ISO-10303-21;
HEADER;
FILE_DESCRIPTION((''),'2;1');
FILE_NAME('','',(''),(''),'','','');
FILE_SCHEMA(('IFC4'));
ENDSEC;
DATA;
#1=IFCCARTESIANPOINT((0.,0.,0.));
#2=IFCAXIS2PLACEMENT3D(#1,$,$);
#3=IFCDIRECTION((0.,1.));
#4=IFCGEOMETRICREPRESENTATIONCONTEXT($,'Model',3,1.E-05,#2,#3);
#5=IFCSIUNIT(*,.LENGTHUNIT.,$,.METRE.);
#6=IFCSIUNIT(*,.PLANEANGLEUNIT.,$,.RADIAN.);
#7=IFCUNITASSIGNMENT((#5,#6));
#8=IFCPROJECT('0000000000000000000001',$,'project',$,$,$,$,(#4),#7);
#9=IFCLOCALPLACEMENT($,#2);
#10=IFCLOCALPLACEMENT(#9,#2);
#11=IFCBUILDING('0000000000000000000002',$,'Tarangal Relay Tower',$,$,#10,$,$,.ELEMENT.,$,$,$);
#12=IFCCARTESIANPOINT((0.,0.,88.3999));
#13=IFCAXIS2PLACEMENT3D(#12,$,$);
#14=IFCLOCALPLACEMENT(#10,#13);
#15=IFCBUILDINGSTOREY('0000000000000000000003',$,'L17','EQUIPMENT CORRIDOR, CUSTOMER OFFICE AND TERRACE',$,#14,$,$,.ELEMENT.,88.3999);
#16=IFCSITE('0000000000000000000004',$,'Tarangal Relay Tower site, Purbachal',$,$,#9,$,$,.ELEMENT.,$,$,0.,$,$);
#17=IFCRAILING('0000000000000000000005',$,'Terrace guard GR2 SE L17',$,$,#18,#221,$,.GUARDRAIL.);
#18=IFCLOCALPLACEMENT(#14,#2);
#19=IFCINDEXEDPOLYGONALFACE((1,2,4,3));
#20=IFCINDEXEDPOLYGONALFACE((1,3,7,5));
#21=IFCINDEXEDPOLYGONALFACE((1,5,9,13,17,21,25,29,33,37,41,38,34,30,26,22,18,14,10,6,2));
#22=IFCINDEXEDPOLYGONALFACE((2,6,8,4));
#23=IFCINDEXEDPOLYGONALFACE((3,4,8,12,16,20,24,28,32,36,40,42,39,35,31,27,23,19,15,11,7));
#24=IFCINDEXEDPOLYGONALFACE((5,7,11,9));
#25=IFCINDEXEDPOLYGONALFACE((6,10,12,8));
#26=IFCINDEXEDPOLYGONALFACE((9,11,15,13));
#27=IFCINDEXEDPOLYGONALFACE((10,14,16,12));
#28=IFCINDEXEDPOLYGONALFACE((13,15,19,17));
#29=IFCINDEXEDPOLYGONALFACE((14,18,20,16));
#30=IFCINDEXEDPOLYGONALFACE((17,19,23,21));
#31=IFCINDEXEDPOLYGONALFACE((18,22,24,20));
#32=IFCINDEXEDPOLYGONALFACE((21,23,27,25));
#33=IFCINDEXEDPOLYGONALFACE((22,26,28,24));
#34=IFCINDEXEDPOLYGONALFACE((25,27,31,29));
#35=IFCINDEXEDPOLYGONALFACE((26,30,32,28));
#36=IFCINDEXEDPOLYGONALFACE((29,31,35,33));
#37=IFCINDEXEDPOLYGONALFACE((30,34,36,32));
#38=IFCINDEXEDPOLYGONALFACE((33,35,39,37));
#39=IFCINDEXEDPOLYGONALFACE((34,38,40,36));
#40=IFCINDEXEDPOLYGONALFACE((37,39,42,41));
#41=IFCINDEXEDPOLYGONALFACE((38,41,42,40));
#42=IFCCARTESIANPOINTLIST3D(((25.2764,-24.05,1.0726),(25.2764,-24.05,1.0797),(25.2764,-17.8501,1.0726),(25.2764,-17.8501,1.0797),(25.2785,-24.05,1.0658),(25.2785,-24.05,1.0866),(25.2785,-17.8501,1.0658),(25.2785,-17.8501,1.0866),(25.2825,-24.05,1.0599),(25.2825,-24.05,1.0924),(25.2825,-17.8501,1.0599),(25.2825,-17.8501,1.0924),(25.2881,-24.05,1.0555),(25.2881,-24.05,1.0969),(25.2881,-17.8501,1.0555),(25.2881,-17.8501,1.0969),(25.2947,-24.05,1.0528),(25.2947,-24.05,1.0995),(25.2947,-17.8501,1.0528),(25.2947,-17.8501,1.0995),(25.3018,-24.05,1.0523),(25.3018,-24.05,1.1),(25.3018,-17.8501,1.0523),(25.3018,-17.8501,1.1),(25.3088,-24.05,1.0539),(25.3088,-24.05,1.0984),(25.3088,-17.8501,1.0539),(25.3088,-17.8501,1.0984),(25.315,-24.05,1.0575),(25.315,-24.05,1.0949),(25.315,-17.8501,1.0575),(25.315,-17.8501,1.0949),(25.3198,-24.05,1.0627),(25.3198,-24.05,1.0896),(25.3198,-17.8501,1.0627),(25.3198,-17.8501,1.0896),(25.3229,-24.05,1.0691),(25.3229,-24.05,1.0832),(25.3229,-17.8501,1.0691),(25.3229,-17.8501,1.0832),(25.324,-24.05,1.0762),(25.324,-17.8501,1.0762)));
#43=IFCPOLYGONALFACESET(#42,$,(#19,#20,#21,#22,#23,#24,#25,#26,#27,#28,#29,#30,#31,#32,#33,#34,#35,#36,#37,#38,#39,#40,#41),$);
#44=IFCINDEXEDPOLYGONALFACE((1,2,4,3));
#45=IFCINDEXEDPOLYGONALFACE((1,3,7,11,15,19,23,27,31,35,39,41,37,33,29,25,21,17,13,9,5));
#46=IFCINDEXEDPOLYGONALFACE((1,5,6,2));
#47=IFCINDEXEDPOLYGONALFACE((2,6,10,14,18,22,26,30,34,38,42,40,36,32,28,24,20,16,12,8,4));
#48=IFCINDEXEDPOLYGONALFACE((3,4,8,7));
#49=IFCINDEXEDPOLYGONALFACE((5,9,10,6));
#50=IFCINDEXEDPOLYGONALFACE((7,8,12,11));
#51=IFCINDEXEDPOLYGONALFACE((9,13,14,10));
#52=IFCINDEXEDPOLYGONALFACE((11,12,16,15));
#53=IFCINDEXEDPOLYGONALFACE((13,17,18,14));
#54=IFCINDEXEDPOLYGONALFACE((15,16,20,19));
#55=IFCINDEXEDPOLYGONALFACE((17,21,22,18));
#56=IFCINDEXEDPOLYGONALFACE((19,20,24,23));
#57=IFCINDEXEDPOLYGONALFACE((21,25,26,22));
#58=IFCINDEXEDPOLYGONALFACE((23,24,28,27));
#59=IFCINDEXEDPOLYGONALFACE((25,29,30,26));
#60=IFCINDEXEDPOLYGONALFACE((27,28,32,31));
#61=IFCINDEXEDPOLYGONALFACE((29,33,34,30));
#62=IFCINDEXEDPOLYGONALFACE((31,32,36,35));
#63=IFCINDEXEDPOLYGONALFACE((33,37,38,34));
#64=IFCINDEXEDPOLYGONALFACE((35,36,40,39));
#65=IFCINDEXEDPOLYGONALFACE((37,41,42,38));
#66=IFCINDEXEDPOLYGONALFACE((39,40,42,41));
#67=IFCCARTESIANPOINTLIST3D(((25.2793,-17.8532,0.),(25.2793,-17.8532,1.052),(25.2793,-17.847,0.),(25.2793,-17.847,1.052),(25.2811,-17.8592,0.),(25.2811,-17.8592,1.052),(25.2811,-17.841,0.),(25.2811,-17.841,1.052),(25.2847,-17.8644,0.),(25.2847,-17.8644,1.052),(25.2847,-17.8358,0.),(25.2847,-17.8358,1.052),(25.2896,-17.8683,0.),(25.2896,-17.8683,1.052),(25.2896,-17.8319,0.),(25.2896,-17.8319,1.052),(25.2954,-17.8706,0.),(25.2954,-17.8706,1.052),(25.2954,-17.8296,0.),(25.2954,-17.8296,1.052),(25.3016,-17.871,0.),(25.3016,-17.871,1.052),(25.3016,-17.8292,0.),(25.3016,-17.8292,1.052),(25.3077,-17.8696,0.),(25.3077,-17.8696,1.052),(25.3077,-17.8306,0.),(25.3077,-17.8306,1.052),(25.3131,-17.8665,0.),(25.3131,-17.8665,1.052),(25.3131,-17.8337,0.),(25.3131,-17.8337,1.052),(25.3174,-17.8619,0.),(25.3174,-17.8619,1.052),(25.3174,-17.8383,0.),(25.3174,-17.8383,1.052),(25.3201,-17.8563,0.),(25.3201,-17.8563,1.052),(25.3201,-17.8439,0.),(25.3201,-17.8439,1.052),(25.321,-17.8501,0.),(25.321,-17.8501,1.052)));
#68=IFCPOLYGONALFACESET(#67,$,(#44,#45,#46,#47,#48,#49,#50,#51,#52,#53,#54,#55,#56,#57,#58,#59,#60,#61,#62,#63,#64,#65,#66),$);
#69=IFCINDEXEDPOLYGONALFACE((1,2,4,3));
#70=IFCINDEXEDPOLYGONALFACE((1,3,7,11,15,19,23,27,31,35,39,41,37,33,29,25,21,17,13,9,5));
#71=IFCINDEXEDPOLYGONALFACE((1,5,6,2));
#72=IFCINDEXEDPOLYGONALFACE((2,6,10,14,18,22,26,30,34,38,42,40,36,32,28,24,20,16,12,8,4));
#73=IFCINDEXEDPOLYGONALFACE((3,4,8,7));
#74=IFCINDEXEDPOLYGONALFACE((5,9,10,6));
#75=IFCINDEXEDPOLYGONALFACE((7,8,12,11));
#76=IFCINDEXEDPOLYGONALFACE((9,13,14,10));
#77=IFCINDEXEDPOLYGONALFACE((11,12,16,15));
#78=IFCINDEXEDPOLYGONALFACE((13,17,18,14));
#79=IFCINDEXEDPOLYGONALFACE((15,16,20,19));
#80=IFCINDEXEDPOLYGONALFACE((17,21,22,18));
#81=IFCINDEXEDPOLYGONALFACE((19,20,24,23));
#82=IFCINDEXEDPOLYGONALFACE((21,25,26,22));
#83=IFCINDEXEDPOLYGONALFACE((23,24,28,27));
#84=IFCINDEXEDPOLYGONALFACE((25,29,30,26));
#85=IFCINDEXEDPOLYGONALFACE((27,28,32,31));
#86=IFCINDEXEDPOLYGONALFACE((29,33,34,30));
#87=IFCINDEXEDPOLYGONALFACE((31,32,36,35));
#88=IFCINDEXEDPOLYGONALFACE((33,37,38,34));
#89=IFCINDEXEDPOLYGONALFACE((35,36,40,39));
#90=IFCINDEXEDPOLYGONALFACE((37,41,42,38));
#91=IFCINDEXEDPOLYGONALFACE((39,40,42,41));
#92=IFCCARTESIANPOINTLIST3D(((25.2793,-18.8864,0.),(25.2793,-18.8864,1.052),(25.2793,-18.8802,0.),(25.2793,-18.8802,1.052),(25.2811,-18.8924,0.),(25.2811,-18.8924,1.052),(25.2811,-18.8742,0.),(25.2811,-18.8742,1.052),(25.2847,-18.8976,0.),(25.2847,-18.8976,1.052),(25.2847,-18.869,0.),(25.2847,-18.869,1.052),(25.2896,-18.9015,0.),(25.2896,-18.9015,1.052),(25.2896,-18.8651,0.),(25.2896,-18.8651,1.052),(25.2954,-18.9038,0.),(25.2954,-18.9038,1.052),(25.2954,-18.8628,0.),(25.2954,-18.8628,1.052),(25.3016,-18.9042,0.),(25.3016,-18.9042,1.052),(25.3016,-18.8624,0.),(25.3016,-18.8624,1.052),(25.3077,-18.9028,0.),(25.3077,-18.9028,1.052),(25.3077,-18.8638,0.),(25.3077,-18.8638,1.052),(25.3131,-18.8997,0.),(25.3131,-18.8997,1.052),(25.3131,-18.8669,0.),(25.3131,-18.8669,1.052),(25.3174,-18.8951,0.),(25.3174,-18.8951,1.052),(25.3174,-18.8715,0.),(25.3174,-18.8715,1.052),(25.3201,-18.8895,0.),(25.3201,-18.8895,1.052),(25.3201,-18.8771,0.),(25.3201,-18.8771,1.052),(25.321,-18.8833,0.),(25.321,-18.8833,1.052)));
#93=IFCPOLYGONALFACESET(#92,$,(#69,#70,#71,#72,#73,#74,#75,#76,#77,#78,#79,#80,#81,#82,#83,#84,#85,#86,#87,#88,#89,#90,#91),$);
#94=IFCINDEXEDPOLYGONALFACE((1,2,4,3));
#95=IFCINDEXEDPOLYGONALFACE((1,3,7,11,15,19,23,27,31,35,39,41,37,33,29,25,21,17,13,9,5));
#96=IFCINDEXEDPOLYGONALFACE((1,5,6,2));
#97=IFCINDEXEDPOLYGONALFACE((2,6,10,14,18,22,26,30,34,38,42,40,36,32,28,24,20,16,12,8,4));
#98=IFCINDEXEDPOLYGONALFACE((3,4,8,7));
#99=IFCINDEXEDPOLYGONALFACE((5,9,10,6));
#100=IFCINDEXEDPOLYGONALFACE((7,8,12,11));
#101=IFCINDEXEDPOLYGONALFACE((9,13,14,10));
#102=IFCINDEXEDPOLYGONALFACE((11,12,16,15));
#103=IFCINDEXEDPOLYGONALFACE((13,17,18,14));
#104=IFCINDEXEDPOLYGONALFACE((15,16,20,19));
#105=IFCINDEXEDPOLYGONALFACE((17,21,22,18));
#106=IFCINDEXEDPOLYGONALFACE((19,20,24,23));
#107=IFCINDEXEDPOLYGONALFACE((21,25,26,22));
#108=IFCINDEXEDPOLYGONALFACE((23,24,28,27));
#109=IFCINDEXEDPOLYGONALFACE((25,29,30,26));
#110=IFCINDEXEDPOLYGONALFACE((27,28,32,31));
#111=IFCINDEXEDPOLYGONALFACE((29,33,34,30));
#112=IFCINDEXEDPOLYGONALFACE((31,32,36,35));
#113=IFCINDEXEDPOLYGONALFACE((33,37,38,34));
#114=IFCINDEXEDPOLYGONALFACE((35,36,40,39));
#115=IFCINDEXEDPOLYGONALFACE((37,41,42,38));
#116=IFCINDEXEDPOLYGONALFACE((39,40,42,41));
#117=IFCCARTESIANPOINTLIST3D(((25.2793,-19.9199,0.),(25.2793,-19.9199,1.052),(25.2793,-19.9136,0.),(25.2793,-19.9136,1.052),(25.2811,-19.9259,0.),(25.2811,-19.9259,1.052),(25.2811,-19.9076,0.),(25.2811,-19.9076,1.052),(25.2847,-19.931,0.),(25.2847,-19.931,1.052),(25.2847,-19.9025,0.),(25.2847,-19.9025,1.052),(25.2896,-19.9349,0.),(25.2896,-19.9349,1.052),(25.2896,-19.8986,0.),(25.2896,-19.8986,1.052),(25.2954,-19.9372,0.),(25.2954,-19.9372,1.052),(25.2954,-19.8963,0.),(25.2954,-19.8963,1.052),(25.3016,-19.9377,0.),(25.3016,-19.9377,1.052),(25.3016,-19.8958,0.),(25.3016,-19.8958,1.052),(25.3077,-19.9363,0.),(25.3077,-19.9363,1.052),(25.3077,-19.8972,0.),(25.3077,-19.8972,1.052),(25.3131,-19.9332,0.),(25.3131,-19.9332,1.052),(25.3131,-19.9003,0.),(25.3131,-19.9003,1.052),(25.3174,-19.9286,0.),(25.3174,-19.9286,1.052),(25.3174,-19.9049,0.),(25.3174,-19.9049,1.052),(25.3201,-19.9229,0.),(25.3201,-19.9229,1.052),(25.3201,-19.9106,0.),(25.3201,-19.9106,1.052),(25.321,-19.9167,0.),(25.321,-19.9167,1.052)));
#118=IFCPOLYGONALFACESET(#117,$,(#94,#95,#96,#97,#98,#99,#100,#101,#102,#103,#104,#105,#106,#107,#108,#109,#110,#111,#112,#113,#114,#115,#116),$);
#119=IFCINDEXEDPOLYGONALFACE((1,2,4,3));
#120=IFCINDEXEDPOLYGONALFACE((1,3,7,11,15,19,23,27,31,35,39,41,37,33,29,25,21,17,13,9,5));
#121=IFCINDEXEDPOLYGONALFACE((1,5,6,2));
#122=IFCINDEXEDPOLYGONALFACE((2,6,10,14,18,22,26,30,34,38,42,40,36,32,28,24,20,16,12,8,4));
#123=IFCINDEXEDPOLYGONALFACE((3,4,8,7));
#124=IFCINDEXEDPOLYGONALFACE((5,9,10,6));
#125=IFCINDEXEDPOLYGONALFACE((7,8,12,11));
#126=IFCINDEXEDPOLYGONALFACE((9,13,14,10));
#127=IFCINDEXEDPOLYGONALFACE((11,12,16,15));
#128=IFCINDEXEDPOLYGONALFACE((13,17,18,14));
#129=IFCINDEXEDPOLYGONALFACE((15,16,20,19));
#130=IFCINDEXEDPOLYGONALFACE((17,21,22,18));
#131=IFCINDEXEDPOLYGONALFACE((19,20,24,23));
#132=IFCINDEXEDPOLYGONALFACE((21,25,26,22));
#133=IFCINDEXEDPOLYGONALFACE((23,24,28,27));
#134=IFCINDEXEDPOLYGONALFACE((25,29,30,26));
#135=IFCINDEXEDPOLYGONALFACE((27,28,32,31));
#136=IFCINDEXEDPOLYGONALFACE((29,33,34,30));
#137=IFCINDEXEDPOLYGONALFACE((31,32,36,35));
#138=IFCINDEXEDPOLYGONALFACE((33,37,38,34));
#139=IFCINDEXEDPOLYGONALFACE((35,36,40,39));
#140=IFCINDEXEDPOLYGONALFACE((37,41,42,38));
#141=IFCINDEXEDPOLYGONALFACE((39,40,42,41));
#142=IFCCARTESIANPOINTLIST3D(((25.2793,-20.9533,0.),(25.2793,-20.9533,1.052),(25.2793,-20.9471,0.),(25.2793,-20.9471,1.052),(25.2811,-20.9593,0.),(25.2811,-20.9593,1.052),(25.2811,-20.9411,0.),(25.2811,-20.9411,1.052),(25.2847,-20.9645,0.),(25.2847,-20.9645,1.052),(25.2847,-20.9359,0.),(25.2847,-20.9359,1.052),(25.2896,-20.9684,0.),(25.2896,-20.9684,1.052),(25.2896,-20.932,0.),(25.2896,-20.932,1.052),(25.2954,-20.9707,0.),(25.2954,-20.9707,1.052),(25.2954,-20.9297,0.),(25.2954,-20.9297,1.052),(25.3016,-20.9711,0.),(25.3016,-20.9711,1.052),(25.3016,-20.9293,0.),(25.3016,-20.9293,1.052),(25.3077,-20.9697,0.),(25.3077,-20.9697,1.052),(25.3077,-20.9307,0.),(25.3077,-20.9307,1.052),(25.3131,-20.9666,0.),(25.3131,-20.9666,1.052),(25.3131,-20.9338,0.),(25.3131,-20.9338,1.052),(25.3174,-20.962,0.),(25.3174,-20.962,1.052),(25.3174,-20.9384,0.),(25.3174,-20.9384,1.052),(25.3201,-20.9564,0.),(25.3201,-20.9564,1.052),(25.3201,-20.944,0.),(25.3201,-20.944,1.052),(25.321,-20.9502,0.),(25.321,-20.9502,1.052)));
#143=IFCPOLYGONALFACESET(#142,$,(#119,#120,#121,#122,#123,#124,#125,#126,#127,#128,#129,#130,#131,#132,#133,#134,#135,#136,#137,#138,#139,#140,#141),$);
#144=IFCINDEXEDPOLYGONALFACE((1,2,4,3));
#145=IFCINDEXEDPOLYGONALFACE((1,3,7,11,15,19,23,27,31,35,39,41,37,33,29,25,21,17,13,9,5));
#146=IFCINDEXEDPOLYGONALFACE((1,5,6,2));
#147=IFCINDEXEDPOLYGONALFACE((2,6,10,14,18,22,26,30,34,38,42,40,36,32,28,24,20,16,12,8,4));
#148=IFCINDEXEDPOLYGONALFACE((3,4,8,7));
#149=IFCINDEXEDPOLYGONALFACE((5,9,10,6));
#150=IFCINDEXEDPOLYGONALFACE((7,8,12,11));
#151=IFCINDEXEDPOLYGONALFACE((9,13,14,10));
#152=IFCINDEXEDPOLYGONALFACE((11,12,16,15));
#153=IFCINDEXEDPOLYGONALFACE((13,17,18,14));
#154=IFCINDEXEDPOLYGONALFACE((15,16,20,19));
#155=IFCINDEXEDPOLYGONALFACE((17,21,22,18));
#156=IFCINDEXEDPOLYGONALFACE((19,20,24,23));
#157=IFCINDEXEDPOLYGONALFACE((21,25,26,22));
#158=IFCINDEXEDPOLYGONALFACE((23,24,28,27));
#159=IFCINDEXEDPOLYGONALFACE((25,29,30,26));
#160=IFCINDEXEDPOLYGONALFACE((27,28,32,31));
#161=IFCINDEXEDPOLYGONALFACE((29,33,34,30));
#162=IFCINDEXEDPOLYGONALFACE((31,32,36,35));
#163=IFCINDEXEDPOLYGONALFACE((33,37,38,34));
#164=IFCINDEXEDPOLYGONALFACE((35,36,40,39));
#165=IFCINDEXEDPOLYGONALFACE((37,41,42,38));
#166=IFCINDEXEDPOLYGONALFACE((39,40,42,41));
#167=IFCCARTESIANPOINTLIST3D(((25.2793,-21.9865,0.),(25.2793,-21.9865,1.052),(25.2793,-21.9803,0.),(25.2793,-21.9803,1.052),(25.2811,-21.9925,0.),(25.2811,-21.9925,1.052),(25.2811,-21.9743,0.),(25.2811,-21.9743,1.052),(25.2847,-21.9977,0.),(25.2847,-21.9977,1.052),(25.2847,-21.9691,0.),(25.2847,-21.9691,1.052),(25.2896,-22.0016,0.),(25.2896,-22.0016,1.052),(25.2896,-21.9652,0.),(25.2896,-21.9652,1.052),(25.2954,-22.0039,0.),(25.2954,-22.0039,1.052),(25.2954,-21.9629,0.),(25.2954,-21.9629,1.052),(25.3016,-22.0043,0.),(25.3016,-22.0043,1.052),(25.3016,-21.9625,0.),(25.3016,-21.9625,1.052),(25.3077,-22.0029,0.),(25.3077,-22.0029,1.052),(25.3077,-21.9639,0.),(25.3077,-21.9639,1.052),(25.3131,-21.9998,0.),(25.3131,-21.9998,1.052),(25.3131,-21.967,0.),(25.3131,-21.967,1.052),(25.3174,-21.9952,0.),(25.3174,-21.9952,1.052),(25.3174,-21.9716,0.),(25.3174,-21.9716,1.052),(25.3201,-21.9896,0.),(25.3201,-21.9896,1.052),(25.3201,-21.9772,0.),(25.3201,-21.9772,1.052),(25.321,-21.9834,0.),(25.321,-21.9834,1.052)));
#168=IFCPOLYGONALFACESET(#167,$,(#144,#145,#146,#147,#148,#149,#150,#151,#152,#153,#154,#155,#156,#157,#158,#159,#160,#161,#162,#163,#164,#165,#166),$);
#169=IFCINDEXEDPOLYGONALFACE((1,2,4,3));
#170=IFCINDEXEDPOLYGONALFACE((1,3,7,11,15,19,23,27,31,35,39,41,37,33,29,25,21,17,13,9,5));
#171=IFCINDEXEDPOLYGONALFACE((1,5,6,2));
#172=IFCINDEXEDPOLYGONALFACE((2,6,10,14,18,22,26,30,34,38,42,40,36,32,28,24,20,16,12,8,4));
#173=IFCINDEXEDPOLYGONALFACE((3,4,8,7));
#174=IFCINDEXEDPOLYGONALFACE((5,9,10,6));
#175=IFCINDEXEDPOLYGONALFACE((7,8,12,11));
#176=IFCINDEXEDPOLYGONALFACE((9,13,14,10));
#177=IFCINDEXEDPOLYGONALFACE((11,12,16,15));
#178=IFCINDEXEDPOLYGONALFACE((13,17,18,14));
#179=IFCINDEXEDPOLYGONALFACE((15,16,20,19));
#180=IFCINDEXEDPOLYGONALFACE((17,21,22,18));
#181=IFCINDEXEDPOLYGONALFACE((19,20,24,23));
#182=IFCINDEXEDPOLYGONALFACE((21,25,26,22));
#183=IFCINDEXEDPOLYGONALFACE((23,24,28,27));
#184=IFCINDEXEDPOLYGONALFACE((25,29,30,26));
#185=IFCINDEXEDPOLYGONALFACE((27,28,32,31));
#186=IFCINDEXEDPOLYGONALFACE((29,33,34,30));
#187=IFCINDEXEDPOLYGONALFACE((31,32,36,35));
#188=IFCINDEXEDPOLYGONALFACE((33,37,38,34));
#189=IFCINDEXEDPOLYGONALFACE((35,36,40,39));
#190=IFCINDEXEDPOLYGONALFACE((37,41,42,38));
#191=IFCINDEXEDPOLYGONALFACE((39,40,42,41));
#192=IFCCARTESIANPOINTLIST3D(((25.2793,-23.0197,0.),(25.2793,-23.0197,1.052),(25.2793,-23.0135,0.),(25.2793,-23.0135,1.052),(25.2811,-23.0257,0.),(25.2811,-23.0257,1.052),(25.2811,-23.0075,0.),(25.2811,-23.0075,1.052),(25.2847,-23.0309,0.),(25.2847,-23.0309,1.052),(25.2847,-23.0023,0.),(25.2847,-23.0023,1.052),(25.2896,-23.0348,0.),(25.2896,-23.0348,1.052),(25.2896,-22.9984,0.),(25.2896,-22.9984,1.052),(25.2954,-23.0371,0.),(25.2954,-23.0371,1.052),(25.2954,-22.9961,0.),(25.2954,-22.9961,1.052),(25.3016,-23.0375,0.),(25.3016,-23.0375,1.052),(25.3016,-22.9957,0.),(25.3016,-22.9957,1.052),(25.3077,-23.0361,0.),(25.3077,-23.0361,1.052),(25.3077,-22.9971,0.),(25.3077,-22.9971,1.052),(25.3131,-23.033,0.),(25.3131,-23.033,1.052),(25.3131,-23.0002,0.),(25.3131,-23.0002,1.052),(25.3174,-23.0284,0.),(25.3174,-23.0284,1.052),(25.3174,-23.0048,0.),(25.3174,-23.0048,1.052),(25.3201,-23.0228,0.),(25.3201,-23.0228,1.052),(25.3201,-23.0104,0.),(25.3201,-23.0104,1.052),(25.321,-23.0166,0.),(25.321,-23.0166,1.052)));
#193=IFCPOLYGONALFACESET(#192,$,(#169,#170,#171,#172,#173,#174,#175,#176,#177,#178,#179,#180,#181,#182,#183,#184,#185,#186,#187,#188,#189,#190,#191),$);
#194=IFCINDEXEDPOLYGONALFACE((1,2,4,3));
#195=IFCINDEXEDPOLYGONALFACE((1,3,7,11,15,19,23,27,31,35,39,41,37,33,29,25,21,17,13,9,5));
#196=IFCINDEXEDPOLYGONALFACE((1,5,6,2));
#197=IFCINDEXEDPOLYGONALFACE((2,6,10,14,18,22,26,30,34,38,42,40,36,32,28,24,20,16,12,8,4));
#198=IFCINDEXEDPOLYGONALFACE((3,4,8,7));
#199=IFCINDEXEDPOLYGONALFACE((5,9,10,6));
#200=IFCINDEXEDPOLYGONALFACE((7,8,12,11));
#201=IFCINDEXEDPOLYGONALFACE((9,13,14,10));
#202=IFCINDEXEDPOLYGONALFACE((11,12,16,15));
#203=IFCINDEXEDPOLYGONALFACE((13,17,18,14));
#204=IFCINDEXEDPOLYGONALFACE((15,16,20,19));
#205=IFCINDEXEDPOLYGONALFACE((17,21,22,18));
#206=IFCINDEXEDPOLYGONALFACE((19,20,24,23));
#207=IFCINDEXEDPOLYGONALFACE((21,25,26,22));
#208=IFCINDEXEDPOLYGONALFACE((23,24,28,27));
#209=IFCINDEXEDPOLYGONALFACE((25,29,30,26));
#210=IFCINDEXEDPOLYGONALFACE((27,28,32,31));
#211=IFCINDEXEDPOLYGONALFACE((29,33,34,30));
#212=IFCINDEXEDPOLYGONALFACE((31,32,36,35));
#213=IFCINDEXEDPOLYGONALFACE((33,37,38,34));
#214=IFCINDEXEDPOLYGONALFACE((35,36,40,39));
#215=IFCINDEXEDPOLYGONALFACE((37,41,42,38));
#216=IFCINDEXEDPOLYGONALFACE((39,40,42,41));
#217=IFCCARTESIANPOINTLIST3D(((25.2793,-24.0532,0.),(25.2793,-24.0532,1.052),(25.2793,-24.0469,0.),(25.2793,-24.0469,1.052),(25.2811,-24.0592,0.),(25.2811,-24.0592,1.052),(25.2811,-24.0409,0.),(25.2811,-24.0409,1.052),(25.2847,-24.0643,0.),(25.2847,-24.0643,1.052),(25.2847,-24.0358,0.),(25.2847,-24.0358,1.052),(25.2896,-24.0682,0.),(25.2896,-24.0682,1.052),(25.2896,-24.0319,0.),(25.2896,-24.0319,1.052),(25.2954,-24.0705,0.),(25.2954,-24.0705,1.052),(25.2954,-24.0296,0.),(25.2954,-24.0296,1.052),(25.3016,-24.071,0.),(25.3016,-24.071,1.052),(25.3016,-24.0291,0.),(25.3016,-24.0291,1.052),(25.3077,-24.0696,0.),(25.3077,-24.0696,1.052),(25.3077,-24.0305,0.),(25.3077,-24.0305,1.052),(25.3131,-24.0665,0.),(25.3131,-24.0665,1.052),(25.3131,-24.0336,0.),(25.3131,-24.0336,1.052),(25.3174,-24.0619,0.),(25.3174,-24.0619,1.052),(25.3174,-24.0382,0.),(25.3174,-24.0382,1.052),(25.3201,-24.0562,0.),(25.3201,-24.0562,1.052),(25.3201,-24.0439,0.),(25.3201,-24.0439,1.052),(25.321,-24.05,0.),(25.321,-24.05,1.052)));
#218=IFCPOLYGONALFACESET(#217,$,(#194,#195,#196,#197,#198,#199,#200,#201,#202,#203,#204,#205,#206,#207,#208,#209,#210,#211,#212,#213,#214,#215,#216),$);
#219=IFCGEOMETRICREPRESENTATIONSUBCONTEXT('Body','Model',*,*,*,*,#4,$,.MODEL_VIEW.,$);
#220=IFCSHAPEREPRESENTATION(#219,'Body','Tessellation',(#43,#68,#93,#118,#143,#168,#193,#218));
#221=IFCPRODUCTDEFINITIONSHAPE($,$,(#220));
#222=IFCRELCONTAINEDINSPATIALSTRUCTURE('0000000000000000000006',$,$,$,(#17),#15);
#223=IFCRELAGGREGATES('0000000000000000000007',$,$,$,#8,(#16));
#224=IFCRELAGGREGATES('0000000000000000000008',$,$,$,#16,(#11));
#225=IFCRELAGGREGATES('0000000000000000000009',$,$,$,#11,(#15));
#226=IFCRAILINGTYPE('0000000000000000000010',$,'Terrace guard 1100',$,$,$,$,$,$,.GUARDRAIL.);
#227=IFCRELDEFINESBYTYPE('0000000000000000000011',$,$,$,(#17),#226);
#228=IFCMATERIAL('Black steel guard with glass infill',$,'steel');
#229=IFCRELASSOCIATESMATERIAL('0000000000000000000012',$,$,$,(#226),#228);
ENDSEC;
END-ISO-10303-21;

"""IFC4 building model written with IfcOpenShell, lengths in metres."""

from ifc_helpers import new_model, si_unit, direction, frame, origin, origin_2d, place, context, subcontext, project, spatial, circle, extrude, material, type_object, element, save


model = new_model("IFC4")

# Units and contexts
model_context = context("Model", 3, precision=1e-05, world=origin(), true_north=direction((0.0, 1.0)))
body_context = subcontext(model_context, "Body", "Model", "MODEL_VIEW")
ifc_project = project(units=[si_unit("LENGTHUNIT", "METRE"), si_unit("PLANEANGLEUNIT", "RADIAN")], contexts=[model_context])

# Site, building, storey
site_placement = place(None, origin())
site = spatial("IfcSite", under=ifc_project, at=site_placement, Name="Tarangal Relay Tower site, Purbachal", CompositionType="ELEMENT", RefElevation=0.0)
building_placement = place(site_placement, origin())
building = spatial("IfcBuilding", under=site, at=building_placement, Name="Tarangal Relay Tower", CompositionType="ELEMENT")
storey_placement = place(building_placement, frame((0.0, 0.0, 88.3999)))
storey = spatial("IfcBuildingStorey", under=building, at=storey_placement, Name="L17", Description="EQUIPMENT CORRIDOR, CUSTOMER OFFICE AND TERRACE", CompositionType="ELEMENT", Elevation=88.3999)

# Railing
ifc_material_1 = material(Name="Black steel guard with glass infill", Category="steel")
railing_type = type_object("IfcRailingType", Name="Terrace guard 1100", PredefinedType="GUARDRAIL", material=ifc_material_1)
railing_1_placement = place(storey_placement, frame((25.3, -17.8501, 0.0)))
element("IfcRailing", 1, at=railing_1_placement, inside=storey, type_object=railing_type, Name="Terrace guard GR2 SE L17", PredefinedType="GUARDRAIL", context=body_context, shape_type="SweptSolid", body=[
    extrude(circle(Radius=0.0239, at=origin_2d()), frame((0.0, 0.0, 1.0762), z_axis=(0.0, -1.0, 0.0), x_axis=(1.0, 0.0, 0.0)), (0.0, 0.0, 1.0), 6.2),
    extrude(circle(Radius=0.021, at=origin_2d()), origin(), (0.0, 0.0, 1.0), 1.052),
    extrude(circle(Radius=0.021, at=origin_2d()), frame((0.0, -1.0332, 0.0)), (0.0, 0.0, 1.0), 1.052),
    extrude(circle(Radius=0.021, at=origin_2d()), frame((0.0, -2.0667, 0.0)), (0.0, 0.0, 1.0), 1.052),
    extrude(circle(Radius=0.021, at=origin_2d()), frame((0.0, -3.1001, 0.0)), (0.0, 0.0, 1.0), 1.052),
    extrude(circle(Radius=0.021, at=origin_2d()), frame((0.0, -4.1333, 0.0)), (0.0, 0.0, 1.0), 1.052),
    extrude(circle(Radius=0.021, at=origin_2d()), frame((0.0, -5.1665, 0.0)), (0.0, 0.0, 1.0), 1.052),
    extrude(circle(Radius=0.021, at=origin_2d()), frame((0.0, -6.2, 0.0)), (0.0, 0.0, 1.0), 1.052),
])

save(model, "model.ifc")
